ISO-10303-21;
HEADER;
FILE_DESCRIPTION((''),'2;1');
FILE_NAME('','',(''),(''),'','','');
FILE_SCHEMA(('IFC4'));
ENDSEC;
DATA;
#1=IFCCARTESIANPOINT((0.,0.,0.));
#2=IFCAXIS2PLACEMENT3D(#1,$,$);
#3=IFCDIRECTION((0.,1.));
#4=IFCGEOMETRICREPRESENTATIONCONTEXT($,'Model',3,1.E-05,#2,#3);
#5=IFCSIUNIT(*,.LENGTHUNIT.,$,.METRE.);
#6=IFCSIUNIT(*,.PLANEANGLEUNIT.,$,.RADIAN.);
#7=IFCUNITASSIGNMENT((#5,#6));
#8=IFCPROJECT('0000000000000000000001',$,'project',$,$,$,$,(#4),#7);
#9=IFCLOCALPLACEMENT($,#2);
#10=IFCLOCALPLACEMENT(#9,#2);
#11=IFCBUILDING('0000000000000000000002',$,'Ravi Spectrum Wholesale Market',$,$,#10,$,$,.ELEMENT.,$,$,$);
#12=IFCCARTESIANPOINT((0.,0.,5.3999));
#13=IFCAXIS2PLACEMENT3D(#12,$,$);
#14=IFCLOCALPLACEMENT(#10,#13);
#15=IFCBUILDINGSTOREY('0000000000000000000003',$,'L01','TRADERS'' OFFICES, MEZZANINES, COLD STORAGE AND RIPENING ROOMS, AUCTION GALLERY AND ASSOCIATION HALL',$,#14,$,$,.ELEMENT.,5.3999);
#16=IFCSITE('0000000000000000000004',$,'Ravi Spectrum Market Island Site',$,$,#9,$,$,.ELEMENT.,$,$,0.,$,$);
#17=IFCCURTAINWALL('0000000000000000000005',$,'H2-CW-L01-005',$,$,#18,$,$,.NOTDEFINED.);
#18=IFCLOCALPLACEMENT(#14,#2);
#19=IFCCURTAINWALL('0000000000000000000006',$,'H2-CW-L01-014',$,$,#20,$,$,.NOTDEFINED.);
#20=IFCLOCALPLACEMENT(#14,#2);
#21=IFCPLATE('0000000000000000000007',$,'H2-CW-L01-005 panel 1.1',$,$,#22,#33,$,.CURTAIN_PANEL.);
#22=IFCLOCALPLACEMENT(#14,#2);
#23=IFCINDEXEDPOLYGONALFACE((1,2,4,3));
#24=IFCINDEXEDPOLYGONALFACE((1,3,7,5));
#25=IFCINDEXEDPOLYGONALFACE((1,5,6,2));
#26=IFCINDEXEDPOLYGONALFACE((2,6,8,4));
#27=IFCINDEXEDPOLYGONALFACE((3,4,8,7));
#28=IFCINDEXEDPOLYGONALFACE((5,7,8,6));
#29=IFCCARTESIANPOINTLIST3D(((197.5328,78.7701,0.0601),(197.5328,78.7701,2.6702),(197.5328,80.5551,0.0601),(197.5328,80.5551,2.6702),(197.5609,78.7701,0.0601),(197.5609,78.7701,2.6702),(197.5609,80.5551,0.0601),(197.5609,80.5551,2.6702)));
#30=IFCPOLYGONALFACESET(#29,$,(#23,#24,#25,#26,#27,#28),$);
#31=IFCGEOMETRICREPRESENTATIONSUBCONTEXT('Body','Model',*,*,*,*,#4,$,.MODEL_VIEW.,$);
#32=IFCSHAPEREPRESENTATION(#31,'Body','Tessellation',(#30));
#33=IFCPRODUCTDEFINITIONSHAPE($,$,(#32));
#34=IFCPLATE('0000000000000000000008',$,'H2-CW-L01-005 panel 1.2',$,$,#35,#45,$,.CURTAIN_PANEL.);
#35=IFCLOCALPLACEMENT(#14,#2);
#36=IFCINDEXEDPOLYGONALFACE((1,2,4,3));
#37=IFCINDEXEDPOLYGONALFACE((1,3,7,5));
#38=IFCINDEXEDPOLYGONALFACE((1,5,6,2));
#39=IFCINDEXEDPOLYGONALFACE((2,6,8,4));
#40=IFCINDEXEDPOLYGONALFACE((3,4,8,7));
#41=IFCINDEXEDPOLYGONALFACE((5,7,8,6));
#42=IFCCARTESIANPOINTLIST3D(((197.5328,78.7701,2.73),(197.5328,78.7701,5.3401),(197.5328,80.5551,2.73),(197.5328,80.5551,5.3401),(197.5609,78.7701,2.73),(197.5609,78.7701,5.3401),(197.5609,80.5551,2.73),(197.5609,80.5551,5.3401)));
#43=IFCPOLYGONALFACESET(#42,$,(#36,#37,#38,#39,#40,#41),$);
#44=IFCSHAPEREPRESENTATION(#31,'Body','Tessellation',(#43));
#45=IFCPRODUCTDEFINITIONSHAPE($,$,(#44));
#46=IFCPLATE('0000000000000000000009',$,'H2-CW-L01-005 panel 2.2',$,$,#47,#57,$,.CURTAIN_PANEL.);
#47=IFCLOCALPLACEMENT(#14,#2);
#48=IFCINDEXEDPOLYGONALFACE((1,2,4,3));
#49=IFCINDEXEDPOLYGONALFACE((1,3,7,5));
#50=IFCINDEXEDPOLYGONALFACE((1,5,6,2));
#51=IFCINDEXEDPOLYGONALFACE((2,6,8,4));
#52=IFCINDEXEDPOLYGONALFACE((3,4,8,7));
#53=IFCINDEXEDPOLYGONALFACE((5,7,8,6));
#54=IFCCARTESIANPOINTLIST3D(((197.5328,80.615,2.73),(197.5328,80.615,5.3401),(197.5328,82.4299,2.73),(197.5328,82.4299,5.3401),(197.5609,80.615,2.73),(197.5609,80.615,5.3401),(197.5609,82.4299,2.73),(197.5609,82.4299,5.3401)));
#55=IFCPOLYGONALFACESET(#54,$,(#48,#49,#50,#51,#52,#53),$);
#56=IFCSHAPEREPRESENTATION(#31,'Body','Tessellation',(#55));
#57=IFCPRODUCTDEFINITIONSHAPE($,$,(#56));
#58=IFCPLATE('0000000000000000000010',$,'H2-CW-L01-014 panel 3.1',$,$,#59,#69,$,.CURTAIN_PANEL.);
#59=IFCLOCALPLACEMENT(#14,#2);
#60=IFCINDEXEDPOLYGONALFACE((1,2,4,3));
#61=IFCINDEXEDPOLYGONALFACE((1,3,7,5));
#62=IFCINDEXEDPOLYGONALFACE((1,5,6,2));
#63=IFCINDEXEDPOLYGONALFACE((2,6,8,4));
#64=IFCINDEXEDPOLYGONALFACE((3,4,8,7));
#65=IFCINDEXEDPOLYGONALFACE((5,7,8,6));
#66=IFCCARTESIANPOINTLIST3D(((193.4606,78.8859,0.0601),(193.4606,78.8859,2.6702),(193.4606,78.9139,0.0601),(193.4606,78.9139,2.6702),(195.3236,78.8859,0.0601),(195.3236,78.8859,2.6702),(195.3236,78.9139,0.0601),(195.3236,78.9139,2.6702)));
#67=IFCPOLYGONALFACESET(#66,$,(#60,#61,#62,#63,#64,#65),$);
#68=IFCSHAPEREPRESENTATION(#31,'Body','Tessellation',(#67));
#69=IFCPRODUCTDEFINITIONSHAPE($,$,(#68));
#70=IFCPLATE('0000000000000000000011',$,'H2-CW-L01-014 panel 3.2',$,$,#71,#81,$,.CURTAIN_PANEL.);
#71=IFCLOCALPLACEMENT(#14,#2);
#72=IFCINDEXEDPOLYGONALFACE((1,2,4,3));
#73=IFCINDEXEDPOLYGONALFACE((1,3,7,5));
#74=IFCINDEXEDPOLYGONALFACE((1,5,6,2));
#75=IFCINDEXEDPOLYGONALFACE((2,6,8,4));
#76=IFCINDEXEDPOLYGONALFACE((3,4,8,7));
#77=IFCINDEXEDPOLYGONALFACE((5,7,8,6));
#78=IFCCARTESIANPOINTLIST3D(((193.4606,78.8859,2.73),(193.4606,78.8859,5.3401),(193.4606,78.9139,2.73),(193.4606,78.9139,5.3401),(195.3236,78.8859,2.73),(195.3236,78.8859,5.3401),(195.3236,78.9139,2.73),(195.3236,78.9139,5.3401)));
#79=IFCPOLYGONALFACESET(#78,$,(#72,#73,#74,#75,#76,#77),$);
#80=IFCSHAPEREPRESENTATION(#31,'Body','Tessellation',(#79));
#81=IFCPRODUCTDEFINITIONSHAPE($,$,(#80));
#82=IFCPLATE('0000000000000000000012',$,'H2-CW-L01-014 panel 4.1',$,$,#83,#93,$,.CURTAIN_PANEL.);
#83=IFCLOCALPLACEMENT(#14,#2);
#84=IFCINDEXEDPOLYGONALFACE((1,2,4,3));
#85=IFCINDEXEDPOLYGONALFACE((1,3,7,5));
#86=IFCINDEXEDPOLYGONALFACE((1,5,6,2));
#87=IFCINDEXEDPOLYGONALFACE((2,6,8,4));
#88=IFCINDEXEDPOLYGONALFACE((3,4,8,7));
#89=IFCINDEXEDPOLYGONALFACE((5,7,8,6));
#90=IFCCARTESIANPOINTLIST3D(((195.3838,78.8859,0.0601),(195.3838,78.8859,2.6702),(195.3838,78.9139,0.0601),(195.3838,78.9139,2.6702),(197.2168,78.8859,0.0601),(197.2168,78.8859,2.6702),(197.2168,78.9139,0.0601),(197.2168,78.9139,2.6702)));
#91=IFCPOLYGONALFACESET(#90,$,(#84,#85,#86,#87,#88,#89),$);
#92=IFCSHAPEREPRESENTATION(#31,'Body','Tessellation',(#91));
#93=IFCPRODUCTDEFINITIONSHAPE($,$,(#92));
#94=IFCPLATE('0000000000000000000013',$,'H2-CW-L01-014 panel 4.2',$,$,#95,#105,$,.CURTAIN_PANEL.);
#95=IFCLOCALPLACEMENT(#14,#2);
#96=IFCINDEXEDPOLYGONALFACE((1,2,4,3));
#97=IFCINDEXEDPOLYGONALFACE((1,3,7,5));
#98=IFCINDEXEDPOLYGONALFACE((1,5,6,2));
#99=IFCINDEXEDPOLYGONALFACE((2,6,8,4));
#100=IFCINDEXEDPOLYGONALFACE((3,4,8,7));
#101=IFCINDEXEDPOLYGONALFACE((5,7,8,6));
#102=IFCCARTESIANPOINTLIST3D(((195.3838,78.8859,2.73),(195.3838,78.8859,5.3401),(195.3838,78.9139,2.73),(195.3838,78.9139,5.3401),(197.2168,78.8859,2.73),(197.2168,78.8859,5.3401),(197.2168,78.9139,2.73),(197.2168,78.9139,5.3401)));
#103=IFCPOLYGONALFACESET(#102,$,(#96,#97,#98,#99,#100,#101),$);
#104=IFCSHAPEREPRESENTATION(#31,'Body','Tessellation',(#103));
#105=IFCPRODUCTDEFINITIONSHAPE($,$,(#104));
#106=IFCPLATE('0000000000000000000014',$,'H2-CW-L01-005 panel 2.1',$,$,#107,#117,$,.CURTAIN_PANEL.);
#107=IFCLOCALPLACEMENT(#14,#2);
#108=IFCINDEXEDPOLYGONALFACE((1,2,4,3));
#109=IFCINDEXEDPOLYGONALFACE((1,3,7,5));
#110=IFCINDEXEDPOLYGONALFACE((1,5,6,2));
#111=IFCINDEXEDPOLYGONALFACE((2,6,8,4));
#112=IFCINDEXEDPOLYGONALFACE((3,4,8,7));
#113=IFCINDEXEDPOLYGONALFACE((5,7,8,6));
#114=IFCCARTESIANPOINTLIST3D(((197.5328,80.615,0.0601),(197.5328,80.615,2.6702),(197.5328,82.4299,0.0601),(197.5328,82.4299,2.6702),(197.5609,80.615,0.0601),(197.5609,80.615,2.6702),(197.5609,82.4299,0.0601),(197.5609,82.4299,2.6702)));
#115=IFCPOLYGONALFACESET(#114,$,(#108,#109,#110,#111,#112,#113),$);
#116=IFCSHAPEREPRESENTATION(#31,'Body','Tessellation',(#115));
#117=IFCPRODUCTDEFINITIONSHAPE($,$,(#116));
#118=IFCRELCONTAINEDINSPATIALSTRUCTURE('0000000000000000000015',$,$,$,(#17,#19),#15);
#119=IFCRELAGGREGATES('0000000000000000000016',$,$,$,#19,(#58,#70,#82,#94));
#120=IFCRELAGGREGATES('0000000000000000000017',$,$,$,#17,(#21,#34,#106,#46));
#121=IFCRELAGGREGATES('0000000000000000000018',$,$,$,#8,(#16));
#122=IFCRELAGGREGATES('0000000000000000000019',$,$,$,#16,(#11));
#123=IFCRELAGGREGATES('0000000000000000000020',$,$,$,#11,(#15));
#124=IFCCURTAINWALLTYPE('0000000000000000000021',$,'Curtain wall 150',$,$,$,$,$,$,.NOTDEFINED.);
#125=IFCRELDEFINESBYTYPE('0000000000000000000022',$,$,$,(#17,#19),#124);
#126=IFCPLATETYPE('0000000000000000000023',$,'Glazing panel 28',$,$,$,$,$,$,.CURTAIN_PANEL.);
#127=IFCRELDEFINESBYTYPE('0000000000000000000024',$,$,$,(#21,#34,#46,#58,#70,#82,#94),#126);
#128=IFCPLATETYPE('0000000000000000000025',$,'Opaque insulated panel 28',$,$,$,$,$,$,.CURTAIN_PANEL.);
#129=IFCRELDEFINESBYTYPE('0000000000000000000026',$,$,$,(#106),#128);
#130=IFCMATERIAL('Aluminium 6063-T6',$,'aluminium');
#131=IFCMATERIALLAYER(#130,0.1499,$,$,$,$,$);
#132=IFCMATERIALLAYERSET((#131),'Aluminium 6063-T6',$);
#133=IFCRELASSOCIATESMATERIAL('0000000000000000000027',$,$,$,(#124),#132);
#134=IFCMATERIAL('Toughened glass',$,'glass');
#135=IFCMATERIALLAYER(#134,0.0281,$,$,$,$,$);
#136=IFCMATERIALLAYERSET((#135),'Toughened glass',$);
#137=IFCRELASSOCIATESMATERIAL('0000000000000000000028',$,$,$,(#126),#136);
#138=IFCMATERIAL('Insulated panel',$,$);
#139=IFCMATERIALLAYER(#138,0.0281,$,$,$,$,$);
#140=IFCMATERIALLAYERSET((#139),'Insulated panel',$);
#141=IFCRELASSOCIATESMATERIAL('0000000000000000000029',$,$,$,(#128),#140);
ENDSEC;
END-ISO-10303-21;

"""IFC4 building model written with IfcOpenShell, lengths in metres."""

from ifc_helpers import new_model, si_unit, direction, frame, origin, origin_2d, place, context, subcontext, project, spatial, rectangle, extrude, material, layer, layer_set, type_object, element, aggregate, save


model = new_model("IFC4")

# Units and contexts
model_context = context("Model", 3, precision=1e-05, world=origin(), true_north=direction((0.0, 1.0)))
body_context = subcontext(model_context, "Body", "Model", "MODEL_VIEW")
ifc_project = project(units=[si_unit("LENGTHUNIT", "METRE"), si_unit("PLANEANGLEUNIT", "RADIAN")], contexts=[model_context])

# Site, building, storey
site_placement = place(None, origin())
site = spatial("IfcSite", under=ifc_project, at=site_placement, Name="Ravi Spectrum Market Island Site", CompositionType="ELEMENT", RefElevation=0.0)
building_placement = place(site_placement, origin())
building = spatial("IfcBuilding", under=site, at=building_placement, Name="Ravi Spectrum Wholesale Market", CompositionType="ELEMENT")
storey_placement = place(building_placement, frame((0.0, 0.0, 5.3999)))
storey = spatial("IfcBuildingStorey", under=building, at=storey_placement, Name="L01", Description="TRADERS' OFFICES, MEZZANINES, COLD STORAGE AND RIPENING ROOMS, AUCTION GALLERY AND ASSOCIATION HALL", CompositionType="ELEMENT", Elevation=5.3999)

# Curtain walls
ifc_material_1 = material(Name="Aluminium 6063-T6", Category="aluminium")
ifc_layer_1 = layer(ifc_material_1, 0.1499)
ifc_layer_set_1 = layer_set([ifc_layer_1], Name="Aluminium 6063-T6")
curtain_wall_type = type_object("IfcCurtainWallType", Name="Curtain wall 150", PredefinedType="NOTDEFINED", material=ifc_layer_set_1)
curtain_wall_1_placement = place(storey_placement, origin())
curtain_wall_1 = element("IfcCurtainWall", 1, at=curtain_wall_1_placement, inside=storey, type_object=curtain_wall_type, Name="H2-CW-L01-005", PredefinedType="NOTDEFINED")
curtain_wall_2_placement = place(storey_placement, origin())
curtain_wall_2 = element("IfcCurtainWall", 2, at=curtain_wall_2_placement, inside=storey, type_object=curtain_wall_type, Name="H2-CW-L01-014", PredefinedType="NOTDEFINED")

# Plates
ifc_material_2 = material(Name="Toughened glass", Category="glass")
ifc_layer_2 = layer(ifc_material_2, 0.0281)
ifc_layer_set_2 = layer_set([ifc_layer_2], Name="Toughened glass")
plate_type_1 = type_object("IfcPlateType", Name="Glazing panel 28", PredefinedType="CURTAIN_PANEL", material=ifc_layer_set_2)
plate_1_placement = place(storey_placement, frame((197.5469, 79.6626, 0.0601), z_axis=(0.0, 0.0, 1.0), x_axis=(0.0, 1.0, 0.0)))
plate_1 = element("IfcPlate", 3, at=plate_1_placement, type_object=plate_type_1, Name="H2-CW-L01-005 panel 1.1", PredefinedType="CURTAIN_PANEL", context=body_context, shape_type="SweptSolid", body=[
    extrude(rectangle(XDim=1.7849, YDim=0.0281, at=origin_2d()), origin(), (0.0, 0.0, 1.0), 2.6101),
])
plate_2_placement = place(storey_placement, frame((197.5469, 79.6626, 2.73), z_axis=(0.0, 0.0, 1.0), x_axis=(0.0, 1.0, 0.0)))
plate_2 = element("IfcPlate", 4, at=plate_2_placement, type_object=plate_type_1, Name="H2-CW-L01-005 panel 1.2", PredefinedType="CURTAIN_PANEL", context=body_context, shape_type="SweptSolid", body=[
    extrude(rectangle(XDim=1.7849, YDim=0.0281, at=origin_2d()), origin(), (0.0, 0.0, 1.0), 2.6101),
])
plate_3_placement = place(storey_placement, frame((197.5469, 81.5225, 2.73), z_axis=(0.0, 0.0, 1.0), x_axis=(0.0, 1.0, 0.0)))
plate_3 = element("IfcPlate", 5, at=plate_3_placement, type_object=plate_type_1, Name="H2-CW-L01-005 panel 2.2", PredefinedType="CURTAIN_PANEL", context=body_context, shape_type="SweptSolid", body=[
    extrude(rectangle(XDim=1.8149, YDim=0.0281, at=origin_2d()), origin(), (0.0, 0.0, 1.0), 2.6101),
])
plate_4_placement = place(storey_placement, frame((194.3921, 78.8999, 0.0601), z_axis=(0.0, 0.0, 1.0), x_axis=(1.0, 0.0, 0.0)))
plate_4 = element("IfcPlate", 6, at=plate_4_placement, type_object=plate_type_1, Name="H2-CW-L01-014 panel 3.1", PredefinedType="CURTAIN_PANEL", context=body_context, shape_type="SweptSolid", body=[
    extrude(rectangle(XDim=1.863, YDim=0.0281, at=origin_2d()), origin(), (0.0, 0.0, 1.0), 2.6101),
])
plate_5_placement = place(storey_placement, frame((194.3921, 78.8999, 2.73), z_axis=(0.0, 0.0, 1.0), x_axis=(1.0, 0.0, 0.0)))
plate_5 = element("IfcPlate", 7, at=plate_5_placement, type_object=plate_type_1, Name="H2-CW-L01-014 panel 3.2", PredefinedType="CURTAIN_PANEL", context=body_context, shape_type="SweptSolid", body=[
    extrude(rectangle(XDim=1.863, YDim=0.0281, at=origin_2d()), origin(), (0.0, 0.0, 1.0), 2.6101),
])
plate_6_placement = place(storey_placement, frame((196.3003, 78.8999, 0.0601), z_axis=(0.0, 0.0, 1.0), x_axis=(1.0, 0.0, 0.0)))
plate_6 = element("IfcPlate", 8, at=plate_6_placement, type_object=plate_type_1, Name="H2-CW-L01-014 panel 4.1", PredefinedType="CURTAIN_PANEL", context=body_context, shape_type="SweptSolid", body=[
    extrude(rectangle(XDim=1.833, YDim=0.0281, at=origin_2d()), origin(), (0.0, 0.0, 1.0), 2.6101),
])
plate_7_placement = place(storey_placement, frame((196.3003, 78.8999, 2.73), z_axis=(0.0, 0.0, 1.0), x_axis=(1.0, 0.0, 0.0)))
plate_7 = element("IfcPlate", 9, at=plate_7_placement, type_object=plate_type_1, Name="H2-CW-L01-014 panel 4.2", PredefinedType="CURTAIN_PANEL", context=body_context, shape_type="SweptSolid", body=[
    extrude(rectangle(XDim=1.833, YDim=0.0281, at=origin_2d()), origin(), (0.0, 0.0, 1.0), 2.6101),
])
aggregate(curtain_wall_2, [plate_4, plate_5, plate_6, plate_7])
ifc_material_3 = material(Name="Insulated panel")
ifc_layer_3 = layer(ifc_material_3, 0.0281)
ifc_layer_set_3 = layer_set([ifc_layer_3], Name="Insulated panel")
plate_type_2 = type_object("IfcPlateType", Name="Opaque insulated panel 28", PredefinedType="CURTAIN_PANEL", material=ifc_layer_set_3)
plate_8_placement = place(storey_placement, frame((197.5469, 81.5225, 0.0601), z_axis=(0.0, 0.0, 1.0), x_axis=(0.0, 1.0, 0.0)))
plate_8 = element("IfcPlate", 10, at=plate_8_placement, type_object=plate_type_2, Name="H2-CW-L01-005 panel 2.1", PredefinedType="CURTAIN_PANEL", context=body_context, shape_type="SweptSolid", body=[
    extrude(rectangle(XDim=1.8149, YDim=0.0281, at=origin_2d()), origin(), (0.0, 0.0, 1.0), 2.6101),
])
aggregate(curtain_wall_1, [plate_1, plate_2, plate_8, plate_3])

save(model, "model.ifc")
